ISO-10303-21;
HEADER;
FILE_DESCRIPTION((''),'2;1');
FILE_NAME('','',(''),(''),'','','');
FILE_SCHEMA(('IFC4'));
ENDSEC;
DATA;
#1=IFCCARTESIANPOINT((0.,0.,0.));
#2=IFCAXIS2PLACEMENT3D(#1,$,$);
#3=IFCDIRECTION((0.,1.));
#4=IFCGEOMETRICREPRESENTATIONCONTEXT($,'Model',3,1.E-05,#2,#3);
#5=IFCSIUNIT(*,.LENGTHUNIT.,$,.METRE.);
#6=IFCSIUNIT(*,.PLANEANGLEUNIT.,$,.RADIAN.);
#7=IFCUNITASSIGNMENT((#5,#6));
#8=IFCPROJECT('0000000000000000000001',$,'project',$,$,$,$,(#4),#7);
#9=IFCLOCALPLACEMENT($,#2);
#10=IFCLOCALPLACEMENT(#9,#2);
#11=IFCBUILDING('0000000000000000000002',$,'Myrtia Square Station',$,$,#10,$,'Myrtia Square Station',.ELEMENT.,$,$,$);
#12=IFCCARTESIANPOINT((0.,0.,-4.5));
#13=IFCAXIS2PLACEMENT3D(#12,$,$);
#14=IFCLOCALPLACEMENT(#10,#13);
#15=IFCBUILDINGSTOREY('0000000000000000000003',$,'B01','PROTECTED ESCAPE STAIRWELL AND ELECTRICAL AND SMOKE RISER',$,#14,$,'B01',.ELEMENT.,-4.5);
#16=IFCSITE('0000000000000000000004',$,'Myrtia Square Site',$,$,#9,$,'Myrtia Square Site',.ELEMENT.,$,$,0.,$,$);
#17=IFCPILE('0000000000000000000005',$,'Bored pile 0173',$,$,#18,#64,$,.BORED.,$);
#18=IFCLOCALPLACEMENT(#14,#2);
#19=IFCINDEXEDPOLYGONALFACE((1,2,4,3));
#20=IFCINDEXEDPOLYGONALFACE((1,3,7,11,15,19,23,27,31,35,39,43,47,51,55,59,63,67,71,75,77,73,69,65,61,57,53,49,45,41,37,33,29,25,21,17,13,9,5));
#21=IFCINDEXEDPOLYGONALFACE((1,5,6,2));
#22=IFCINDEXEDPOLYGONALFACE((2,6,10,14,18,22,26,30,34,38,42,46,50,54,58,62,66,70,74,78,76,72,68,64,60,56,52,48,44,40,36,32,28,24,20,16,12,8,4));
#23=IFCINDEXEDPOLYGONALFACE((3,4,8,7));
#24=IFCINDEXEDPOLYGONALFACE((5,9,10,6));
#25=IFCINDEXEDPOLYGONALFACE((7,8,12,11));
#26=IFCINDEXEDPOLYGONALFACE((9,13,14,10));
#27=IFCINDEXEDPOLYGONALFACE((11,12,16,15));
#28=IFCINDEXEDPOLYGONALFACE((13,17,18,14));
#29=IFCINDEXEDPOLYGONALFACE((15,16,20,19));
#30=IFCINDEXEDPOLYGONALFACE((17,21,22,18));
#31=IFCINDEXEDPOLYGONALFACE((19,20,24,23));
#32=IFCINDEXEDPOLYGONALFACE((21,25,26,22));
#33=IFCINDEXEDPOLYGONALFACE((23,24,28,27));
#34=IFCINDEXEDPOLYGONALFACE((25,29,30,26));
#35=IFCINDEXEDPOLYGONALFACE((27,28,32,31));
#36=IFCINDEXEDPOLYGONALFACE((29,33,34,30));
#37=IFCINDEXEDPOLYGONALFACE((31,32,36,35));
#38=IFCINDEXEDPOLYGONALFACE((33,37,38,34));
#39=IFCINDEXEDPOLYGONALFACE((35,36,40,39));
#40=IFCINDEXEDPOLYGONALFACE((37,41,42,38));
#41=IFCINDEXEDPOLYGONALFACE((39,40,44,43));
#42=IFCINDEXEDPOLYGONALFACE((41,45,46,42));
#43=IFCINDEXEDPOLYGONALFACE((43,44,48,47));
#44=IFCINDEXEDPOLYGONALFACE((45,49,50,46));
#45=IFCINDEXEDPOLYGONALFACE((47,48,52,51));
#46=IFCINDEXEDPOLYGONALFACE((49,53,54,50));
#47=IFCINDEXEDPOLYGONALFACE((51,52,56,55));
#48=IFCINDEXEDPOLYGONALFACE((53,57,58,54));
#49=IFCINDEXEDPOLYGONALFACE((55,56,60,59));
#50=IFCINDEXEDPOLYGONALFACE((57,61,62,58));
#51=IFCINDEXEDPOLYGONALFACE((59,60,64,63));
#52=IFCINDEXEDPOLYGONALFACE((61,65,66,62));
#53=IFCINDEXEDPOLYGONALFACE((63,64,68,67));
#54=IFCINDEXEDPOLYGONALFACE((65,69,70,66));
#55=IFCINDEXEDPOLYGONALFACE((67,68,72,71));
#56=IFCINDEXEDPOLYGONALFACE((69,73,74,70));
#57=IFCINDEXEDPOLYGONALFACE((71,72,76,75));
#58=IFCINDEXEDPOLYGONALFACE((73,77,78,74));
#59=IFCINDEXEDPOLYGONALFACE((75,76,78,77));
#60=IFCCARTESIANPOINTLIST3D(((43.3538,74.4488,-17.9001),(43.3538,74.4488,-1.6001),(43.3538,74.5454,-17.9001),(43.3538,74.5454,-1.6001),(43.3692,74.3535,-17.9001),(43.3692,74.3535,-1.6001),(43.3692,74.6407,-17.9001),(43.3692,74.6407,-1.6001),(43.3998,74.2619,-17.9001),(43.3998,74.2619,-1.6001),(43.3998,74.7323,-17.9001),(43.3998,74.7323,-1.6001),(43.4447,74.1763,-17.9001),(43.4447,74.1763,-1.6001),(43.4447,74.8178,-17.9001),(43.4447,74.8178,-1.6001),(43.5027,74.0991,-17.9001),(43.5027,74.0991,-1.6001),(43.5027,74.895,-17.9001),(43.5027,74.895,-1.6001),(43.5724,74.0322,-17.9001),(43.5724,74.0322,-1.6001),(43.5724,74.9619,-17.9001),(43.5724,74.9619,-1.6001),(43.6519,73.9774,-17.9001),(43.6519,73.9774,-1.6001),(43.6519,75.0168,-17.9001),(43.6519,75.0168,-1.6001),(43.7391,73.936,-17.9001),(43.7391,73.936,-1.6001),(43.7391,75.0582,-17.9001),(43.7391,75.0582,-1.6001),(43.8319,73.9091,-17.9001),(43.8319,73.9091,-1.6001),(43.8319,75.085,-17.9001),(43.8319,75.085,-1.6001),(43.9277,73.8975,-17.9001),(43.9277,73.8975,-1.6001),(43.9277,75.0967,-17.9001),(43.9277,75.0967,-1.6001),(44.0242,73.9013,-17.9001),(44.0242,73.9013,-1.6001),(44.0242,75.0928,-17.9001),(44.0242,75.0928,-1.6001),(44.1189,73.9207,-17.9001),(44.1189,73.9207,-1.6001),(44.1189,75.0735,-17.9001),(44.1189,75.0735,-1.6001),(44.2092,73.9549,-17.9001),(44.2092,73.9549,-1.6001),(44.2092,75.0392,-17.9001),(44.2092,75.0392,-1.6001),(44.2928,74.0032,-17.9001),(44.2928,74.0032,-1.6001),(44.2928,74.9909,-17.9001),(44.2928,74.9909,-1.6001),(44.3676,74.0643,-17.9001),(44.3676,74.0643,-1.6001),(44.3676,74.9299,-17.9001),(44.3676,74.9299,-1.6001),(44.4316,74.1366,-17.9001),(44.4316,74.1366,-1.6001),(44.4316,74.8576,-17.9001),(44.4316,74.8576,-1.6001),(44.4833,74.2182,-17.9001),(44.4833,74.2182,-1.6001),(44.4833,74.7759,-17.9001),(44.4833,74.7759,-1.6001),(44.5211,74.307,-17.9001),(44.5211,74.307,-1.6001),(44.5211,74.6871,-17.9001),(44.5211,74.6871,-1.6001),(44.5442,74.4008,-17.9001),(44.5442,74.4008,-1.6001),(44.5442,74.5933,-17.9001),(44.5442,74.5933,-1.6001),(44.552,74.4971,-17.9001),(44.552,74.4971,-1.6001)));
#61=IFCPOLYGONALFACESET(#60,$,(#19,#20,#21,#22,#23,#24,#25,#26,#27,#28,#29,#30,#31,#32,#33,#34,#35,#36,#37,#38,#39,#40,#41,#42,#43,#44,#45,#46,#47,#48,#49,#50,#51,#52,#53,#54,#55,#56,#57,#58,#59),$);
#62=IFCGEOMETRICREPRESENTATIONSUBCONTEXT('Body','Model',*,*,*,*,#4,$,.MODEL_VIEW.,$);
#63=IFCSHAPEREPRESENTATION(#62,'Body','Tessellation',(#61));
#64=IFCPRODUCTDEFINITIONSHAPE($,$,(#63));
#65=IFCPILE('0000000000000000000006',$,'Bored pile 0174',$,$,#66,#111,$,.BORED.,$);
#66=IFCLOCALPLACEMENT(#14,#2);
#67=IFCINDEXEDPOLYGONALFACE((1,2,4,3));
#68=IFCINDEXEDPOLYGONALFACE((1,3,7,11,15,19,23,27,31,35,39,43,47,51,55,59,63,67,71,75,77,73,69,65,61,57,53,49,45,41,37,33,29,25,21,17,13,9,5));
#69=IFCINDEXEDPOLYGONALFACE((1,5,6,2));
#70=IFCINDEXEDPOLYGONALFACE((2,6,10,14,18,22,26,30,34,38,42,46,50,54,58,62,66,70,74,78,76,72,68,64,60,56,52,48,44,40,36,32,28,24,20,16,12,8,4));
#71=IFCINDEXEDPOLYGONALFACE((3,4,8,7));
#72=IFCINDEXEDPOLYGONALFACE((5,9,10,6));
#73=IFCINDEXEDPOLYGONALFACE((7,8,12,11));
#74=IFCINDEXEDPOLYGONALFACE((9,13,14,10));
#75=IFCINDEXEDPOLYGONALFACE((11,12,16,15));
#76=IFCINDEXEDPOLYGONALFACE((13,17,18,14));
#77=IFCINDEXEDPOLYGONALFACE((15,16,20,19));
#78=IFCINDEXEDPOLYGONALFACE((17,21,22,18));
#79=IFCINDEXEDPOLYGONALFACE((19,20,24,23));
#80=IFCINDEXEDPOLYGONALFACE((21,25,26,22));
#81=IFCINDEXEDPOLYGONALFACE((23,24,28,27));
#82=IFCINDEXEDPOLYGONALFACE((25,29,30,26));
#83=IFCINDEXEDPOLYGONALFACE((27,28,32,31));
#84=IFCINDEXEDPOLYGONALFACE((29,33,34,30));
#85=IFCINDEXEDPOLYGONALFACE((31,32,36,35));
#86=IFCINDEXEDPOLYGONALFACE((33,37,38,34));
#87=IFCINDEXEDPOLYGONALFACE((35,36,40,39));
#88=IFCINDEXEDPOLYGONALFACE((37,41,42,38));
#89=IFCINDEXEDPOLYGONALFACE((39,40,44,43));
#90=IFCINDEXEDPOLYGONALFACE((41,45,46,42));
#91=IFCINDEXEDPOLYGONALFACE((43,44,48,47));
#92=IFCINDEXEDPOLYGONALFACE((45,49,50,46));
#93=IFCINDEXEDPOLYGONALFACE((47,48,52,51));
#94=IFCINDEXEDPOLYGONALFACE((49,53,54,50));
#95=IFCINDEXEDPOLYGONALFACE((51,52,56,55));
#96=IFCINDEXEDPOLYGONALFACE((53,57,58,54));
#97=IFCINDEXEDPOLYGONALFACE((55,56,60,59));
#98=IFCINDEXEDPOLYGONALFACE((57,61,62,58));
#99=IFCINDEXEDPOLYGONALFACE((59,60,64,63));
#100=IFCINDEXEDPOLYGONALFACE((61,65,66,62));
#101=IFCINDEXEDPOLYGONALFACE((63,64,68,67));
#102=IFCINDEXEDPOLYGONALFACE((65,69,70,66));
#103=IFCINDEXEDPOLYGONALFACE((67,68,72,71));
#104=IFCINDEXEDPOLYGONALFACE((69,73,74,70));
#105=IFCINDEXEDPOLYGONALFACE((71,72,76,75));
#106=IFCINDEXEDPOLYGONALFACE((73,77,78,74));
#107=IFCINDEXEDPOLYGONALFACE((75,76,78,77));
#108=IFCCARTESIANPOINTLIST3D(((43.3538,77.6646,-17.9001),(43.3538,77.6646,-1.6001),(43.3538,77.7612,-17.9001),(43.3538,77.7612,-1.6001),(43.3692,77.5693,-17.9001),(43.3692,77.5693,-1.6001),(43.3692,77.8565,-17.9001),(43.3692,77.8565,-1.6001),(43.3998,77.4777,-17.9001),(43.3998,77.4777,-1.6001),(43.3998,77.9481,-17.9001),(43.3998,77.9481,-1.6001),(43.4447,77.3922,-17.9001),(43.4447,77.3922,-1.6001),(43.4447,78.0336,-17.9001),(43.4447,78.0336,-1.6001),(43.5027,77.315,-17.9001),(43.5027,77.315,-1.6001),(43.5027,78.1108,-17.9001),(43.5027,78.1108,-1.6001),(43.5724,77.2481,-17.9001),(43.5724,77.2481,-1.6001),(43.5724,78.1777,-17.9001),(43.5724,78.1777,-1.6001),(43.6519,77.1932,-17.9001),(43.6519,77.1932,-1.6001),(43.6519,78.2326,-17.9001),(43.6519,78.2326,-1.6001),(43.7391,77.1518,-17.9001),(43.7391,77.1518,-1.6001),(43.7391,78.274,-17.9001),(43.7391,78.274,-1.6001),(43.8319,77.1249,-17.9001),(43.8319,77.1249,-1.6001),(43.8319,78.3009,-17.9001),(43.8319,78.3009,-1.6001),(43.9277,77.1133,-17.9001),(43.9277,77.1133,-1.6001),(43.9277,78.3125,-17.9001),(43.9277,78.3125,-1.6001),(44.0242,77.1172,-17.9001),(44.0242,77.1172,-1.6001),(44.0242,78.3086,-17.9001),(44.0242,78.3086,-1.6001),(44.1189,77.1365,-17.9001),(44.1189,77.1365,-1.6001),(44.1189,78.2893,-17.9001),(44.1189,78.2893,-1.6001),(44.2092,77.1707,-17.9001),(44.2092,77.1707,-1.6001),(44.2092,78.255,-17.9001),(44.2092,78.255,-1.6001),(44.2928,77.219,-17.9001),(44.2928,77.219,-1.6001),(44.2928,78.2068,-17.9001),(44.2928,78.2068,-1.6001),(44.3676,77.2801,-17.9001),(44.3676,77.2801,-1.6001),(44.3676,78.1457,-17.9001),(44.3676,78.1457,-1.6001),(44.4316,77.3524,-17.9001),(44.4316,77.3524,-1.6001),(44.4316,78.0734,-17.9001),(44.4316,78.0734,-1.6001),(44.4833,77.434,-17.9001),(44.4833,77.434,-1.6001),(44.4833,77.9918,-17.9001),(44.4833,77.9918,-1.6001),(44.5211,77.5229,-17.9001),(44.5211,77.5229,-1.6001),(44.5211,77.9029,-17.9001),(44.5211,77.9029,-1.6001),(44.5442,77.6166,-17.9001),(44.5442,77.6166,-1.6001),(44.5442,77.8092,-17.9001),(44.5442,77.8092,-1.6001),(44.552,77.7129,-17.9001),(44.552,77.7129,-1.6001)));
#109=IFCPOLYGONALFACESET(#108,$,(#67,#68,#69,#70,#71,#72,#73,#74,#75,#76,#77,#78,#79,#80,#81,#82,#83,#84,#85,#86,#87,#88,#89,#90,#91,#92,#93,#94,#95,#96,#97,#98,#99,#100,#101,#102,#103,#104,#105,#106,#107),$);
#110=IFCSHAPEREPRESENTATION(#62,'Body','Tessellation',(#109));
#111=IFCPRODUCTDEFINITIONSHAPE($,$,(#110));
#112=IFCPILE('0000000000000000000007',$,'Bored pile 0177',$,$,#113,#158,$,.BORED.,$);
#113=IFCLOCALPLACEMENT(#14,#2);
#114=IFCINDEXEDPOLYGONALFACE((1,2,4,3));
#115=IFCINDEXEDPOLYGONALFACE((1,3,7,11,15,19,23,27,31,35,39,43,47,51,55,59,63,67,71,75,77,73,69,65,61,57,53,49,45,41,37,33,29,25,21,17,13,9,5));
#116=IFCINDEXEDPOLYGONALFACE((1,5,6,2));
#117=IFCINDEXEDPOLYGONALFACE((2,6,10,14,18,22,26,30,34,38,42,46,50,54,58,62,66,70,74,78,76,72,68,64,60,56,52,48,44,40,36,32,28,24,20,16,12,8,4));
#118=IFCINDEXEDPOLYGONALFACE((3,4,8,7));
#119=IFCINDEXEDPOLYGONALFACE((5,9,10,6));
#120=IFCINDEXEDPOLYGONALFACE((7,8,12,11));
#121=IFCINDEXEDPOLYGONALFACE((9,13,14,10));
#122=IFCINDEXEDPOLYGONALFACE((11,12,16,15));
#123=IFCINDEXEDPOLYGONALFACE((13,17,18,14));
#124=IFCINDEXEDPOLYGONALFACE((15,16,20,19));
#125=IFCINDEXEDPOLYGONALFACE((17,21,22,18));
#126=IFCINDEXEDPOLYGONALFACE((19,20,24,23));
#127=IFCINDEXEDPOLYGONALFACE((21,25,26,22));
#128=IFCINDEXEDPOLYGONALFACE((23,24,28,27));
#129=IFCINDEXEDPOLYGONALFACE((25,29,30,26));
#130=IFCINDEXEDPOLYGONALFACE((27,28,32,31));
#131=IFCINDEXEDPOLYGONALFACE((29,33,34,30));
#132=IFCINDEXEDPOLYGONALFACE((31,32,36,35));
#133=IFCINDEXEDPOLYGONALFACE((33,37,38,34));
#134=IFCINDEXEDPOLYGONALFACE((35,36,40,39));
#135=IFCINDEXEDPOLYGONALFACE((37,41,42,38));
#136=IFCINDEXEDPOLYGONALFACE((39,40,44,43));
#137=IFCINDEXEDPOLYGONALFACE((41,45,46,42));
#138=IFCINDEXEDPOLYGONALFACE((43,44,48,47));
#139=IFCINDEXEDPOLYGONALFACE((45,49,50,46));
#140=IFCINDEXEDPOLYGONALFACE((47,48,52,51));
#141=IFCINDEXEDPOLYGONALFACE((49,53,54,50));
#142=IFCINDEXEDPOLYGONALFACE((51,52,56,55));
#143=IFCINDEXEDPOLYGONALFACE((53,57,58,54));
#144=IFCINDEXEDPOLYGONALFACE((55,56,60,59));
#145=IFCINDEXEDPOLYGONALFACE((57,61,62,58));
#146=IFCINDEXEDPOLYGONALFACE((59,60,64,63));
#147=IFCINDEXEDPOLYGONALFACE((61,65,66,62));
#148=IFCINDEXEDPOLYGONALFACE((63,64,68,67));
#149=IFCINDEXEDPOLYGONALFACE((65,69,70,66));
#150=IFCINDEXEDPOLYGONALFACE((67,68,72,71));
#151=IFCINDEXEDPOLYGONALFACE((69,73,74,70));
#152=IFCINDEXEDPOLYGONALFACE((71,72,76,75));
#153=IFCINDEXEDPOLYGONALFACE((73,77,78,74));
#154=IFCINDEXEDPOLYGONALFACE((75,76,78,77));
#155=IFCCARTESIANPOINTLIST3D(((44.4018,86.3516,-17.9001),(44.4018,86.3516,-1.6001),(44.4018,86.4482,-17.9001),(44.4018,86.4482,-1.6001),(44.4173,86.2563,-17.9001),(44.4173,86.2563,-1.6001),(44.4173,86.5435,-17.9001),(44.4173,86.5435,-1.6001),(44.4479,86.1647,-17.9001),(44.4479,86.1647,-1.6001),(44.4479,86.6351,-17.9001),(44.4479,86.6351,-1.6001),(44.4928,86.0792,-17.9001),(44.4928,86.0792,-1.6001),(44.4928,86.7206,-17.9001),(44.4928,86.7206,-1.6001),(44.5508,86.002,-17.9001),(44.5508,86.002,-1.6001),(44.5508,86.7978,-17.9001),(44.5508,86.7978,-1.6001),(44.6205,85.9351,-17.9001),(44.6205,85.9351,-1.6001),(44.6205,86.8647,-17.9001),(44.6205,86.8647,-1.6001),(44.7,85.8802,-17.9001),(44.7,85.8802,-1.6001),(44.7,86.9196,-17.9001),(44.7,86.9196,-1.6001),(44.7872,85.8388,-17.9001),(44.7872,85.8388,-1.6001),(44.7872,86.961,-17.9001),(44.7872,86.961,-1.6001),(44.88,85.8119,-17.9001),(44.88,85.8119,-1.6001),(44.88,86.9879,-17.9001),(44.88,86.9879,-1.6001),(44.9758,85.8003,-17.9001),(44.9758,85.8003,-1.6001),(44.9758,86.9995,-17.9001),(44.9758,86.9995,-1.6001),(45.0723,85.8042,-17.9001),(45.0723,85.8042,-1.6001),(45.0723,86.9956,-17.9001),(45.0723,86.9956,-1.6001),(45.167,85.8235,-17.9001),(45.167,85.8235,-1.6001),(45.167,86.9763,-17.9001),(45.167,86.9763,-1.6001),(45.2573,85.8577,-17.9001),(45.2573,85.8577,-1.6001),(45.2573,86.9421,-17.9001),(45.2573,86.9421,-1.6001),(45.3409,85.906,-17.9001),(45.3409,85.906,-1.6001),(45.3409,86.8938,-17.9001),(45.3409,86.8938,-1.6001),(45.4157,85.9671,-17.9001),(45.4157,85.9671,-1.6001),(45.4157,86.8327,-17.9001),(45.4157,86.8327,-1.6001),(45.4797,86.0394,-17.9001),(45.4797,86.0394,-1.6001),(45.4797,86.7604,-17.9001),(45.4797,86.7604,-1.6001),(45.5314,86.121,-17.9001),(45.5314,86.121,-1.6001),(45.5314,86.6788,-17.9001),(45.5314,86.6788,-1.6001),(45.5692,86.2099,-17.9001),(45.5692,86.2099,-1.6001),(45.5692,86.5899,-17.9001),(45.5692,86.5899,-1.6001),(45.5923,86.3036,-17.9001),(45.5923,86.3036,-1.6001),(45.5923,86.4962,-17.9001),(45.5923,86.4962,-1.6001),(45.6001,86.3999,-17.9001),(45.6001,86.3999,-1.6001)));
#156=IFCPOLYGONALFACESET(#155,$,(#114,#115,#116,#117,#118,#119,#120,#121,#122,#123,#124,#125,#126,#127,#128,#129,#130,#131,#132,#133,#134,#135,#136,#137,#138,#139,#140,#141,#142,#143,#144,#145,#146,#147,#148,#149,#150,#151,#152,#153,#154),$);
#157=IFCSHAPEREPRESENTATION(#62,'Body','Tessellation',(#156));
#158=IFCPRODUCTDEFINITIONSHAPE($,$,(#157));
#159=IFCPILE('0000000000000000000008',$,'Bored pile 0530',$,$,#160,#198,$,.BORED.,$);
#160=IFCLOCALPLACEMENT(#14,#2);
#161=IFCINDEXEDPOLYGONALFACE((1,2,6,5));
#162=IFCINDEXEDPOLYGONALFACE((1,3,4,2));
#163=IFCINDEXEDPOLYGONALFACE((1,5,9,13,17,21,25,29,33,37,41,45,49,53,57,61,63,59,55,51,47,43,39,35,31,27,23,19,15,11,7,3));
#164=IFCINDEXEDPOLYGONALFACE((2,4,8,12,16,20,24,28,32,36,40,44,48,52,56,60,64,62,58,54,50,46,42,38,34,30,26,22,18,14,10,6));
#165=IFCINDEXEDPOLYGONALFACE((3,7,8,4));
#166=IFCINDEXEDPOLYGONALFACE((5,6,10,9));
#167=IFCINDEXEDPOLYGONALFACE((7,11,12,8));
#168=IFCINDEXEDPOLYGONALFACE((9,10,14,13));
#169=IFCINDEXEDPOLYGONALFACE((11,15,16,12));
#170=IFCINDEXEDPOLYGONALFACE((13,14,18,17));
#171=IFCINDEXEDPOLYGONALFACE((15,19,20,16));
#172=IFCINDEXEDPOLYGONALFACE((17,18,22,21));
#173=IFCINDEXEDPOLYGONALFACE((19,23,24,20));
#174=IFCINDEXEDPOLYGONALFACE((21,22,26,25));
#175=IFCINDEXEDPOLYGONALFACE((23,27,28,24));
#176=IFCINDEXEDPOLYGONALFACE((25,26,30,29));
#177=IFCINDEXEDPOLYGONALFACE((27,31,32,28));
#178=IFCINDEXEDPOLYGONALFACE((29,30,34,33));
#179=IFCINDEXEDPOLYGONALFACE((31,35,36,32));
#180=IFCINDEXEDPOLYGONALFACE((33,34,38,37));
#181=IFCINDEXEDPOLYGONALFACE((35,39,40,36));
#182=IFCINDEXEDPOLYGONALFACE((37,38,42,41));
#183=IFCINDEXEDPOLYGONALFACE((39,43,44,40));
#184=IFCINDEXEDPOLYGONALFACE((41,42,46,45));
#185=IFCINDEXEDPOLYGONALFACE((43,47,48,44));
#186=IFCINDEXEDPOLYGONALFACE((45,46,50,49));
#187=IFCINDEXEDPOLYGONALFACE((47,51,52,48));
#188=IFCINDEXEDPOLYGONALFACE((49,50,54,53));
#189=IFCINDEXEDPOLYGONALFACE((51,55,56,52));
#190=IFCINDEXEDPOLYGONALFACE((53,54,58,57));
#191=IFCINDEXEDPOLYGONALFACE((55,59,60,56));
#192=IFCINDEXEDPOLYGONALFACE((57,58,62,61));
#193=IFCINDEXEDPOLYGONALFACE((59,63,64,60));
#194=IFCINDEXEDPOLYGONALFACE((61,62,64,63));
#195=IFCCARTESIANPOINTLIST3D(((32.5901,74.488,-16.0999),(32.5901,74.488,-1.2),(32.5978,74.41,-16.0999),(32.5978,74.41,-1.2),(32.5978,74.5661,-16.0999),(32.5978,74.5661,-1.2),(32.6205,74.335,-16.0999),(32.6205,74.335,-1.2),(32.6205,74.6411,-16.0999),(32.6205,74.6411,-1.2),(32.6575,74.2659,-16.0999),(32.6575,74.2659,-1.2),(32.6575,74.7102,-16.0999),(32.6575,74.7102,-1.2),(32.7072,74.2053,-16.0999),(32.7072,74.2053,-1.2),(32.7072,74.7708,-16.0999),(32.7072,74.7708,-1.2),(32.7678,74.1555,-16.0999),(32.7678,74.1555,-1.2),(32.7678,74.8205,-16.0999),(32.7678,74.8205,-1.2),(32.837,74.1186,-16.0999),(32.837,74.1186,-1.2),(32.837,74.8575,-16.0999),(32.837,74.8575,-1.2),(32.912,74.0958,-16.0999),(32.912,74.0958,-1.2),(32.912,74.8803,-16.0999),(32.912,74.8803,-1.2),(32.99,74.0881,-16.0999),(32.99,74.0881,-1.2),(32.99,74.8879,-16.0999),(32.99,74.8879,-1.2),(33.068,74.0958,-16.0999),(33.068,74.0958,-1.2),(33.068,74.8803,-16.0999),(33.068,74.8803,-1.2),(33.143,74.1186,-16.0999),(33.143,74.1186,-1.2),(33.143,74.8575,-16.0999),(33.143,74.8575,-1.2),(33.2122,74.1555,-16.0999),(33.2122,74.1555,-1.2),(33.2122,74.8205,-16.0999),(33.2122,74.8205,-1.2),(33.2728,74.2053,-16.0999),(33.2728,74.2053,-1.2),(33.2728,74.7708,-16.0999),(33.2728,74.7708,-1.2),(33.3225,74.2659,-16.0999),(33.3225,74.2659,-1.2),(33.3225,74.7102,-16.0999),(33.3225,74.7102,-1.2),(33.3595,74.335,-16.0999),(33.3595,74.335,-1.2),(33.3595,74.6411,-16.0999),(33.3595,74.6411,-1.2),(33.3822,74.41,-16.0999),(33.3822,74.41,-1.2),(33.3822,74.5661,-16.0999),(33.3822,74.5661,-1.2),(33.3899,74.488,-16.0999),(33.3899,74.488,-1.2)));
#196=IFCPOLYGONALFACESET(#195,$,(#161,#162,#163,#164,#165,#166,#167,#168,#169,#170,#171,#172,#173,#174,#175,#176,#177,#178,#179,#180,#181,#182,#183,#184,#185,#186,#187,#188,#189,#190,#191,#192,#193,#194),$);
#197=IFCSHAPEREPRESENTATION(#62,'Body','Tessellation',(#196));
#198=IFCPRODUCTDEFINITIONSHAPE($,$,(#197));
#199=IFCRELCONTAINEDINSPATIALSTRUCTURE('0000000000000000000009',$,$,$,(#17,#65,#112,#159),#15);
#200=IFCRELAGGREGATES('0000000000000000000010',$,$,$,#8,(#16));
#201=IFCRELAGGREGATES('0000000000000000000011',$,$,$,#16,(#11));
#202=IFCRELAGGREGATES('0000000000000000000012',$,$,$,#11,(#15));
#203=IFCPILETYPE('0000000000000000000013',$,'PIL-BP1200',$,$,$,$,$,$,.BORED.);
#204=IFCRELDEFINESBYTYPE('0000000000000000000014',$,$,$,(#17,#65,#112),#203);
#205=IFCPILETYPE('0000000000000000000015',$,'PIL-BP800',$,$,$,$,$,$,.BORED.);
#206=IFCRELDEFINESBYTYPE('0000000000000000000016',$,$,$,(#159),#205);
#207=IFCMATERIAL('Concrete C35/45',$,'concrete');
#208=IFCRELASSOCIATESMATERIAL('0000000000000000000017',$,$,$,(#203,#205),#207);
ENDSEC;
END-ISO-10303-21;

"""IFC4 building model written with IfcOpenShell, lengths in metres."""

from ifc_helpers import new_model, si_unit, direction, frame, origin, origin_2d, place, context, subcontext, project, spatial, circle, extrude, material, material_profile, profile_set, type_object, element, save


model = new_model("IFC4")

# Units and contexts
model_context = context("Model", 3, precision=1e-05, world=origin(), true_north=direction((0.0, 1.0)))
body_context = subcontext(model_context, "Body", "Model", "MODEL_VIEW")
ifc_project = project(units=[si_unit("LENGTHUNIT", "METRE"), si_unit("PLANEANGLEUNIT", "RADIAN")], contexts=[model_context])

# Site, building, storey
site_placement = place(None, origin())
site = spatial("IfcSite", under=ifc_project, at=site_placement, Name="Myrtia Square Site", LongName="Myrtia Square Site", CompositionType="ELEMENT", RefElevation=0.0)
building_placement = place(site_placement, origin())
building = spatial("IfcBuilding", under=site, at=building_placement, Name="Myrtia Square Station", LongName="Myrtia Square Station", CompositionType="ELEMENT")
storey_placement = place(building_placement, frame((0.0, 0.0, -4.5)))
storey = spatial("IfcBuildingStorey", under=building, at=storey_placement, Name="B01", Description="PROTECTED ESCAPE STAIRWELL AND ELECTRICAL AND SMOKE RISER", LongName="B01", CompositionType="ELEMENT", Elevation=-4.5)

# Shared definitions
ifc_material_1 = material(Name="Concrete C35/45", Category="concrete")

# Piles
ifc_material_profile_1 = material_profile(ifc_material_1, circle(Radius=0.6001, at=origin_2d()), Name="BP D1200")
ifc_profile_set_1 = profile_set([ifc_material_profile_1], Name="Concrete C35/45")
pile_type_1 = type_object("IfcPileType", Name="PIL-BP1200", PredefinedType="BORED", material=ifc_profile_set_1)
for number, where, z_axis, x_axis, name in (
    (1, (43.9519, 74.4971, -1.6001), (0.0, 0.0, -1.0), (1.0, 0.0, 0.0), "Bored pile 0173"),
    (2, (43.9519, 77.7129, -1.6001), (0.0, 0.0, -1.0), (1.0, 0.0, 0.0), "Bored pile 0174"),
    (3, (45.0, 86.3999, -1.6001), (0.0, 0.0, -1.0), (1.0, 0.0, 0.0), "Bored pile 0177"),
):
    element("IfcPile", number, at=place(storey_placement, frame(where, z_axis=z_axis, x_axis=x_axis)), inside=storey, type_object=pile_type_1, Name=name, PredefinedType="BORED", context=body_context, shape_type="SweptSolid", body=[
        extrude(circle(Radius=0.6001, at=origin_2d()), origin(), (0.0, 0.0, 1.0), 16.3),
    ])
ifc_material_profile_2 = material_profile(ifc_material_1, circle(Radius=0.3999, at=origin_2d()), Name="BP D800")
ifc_profile_set_2 = profile_set([ifc_material_profile_2], Name="Concrete C35/45")
pile_type_2 = type_object("IfcPileType", Name="PIL-BP800", PredefinedType="BORED", material=ifc_profile_set_2)
for number, where, z_axis, x_axis, name in (
    (4, (32.99, 74.488, -1.2), (0.0, 0.0, -1.0), (1.0, 0.0, 0.0), "Bored pile 0530"),
):
    element("IfcPile", number, at=place(storey_placement, frame(where, z_axis=z_axis, x_axis=x_axis)), inside=storey, type_object=pile_type_2, Name=name, PredefinedType="BORED", context=body_context, shape_type="SweptSolid", body=[
        extrude(circle(Radius=0.3999, at=origin_2d()), origin(), (0.0, 0.0, 1.0), 14.8999),
    ])

save(model, "model.ifc")
